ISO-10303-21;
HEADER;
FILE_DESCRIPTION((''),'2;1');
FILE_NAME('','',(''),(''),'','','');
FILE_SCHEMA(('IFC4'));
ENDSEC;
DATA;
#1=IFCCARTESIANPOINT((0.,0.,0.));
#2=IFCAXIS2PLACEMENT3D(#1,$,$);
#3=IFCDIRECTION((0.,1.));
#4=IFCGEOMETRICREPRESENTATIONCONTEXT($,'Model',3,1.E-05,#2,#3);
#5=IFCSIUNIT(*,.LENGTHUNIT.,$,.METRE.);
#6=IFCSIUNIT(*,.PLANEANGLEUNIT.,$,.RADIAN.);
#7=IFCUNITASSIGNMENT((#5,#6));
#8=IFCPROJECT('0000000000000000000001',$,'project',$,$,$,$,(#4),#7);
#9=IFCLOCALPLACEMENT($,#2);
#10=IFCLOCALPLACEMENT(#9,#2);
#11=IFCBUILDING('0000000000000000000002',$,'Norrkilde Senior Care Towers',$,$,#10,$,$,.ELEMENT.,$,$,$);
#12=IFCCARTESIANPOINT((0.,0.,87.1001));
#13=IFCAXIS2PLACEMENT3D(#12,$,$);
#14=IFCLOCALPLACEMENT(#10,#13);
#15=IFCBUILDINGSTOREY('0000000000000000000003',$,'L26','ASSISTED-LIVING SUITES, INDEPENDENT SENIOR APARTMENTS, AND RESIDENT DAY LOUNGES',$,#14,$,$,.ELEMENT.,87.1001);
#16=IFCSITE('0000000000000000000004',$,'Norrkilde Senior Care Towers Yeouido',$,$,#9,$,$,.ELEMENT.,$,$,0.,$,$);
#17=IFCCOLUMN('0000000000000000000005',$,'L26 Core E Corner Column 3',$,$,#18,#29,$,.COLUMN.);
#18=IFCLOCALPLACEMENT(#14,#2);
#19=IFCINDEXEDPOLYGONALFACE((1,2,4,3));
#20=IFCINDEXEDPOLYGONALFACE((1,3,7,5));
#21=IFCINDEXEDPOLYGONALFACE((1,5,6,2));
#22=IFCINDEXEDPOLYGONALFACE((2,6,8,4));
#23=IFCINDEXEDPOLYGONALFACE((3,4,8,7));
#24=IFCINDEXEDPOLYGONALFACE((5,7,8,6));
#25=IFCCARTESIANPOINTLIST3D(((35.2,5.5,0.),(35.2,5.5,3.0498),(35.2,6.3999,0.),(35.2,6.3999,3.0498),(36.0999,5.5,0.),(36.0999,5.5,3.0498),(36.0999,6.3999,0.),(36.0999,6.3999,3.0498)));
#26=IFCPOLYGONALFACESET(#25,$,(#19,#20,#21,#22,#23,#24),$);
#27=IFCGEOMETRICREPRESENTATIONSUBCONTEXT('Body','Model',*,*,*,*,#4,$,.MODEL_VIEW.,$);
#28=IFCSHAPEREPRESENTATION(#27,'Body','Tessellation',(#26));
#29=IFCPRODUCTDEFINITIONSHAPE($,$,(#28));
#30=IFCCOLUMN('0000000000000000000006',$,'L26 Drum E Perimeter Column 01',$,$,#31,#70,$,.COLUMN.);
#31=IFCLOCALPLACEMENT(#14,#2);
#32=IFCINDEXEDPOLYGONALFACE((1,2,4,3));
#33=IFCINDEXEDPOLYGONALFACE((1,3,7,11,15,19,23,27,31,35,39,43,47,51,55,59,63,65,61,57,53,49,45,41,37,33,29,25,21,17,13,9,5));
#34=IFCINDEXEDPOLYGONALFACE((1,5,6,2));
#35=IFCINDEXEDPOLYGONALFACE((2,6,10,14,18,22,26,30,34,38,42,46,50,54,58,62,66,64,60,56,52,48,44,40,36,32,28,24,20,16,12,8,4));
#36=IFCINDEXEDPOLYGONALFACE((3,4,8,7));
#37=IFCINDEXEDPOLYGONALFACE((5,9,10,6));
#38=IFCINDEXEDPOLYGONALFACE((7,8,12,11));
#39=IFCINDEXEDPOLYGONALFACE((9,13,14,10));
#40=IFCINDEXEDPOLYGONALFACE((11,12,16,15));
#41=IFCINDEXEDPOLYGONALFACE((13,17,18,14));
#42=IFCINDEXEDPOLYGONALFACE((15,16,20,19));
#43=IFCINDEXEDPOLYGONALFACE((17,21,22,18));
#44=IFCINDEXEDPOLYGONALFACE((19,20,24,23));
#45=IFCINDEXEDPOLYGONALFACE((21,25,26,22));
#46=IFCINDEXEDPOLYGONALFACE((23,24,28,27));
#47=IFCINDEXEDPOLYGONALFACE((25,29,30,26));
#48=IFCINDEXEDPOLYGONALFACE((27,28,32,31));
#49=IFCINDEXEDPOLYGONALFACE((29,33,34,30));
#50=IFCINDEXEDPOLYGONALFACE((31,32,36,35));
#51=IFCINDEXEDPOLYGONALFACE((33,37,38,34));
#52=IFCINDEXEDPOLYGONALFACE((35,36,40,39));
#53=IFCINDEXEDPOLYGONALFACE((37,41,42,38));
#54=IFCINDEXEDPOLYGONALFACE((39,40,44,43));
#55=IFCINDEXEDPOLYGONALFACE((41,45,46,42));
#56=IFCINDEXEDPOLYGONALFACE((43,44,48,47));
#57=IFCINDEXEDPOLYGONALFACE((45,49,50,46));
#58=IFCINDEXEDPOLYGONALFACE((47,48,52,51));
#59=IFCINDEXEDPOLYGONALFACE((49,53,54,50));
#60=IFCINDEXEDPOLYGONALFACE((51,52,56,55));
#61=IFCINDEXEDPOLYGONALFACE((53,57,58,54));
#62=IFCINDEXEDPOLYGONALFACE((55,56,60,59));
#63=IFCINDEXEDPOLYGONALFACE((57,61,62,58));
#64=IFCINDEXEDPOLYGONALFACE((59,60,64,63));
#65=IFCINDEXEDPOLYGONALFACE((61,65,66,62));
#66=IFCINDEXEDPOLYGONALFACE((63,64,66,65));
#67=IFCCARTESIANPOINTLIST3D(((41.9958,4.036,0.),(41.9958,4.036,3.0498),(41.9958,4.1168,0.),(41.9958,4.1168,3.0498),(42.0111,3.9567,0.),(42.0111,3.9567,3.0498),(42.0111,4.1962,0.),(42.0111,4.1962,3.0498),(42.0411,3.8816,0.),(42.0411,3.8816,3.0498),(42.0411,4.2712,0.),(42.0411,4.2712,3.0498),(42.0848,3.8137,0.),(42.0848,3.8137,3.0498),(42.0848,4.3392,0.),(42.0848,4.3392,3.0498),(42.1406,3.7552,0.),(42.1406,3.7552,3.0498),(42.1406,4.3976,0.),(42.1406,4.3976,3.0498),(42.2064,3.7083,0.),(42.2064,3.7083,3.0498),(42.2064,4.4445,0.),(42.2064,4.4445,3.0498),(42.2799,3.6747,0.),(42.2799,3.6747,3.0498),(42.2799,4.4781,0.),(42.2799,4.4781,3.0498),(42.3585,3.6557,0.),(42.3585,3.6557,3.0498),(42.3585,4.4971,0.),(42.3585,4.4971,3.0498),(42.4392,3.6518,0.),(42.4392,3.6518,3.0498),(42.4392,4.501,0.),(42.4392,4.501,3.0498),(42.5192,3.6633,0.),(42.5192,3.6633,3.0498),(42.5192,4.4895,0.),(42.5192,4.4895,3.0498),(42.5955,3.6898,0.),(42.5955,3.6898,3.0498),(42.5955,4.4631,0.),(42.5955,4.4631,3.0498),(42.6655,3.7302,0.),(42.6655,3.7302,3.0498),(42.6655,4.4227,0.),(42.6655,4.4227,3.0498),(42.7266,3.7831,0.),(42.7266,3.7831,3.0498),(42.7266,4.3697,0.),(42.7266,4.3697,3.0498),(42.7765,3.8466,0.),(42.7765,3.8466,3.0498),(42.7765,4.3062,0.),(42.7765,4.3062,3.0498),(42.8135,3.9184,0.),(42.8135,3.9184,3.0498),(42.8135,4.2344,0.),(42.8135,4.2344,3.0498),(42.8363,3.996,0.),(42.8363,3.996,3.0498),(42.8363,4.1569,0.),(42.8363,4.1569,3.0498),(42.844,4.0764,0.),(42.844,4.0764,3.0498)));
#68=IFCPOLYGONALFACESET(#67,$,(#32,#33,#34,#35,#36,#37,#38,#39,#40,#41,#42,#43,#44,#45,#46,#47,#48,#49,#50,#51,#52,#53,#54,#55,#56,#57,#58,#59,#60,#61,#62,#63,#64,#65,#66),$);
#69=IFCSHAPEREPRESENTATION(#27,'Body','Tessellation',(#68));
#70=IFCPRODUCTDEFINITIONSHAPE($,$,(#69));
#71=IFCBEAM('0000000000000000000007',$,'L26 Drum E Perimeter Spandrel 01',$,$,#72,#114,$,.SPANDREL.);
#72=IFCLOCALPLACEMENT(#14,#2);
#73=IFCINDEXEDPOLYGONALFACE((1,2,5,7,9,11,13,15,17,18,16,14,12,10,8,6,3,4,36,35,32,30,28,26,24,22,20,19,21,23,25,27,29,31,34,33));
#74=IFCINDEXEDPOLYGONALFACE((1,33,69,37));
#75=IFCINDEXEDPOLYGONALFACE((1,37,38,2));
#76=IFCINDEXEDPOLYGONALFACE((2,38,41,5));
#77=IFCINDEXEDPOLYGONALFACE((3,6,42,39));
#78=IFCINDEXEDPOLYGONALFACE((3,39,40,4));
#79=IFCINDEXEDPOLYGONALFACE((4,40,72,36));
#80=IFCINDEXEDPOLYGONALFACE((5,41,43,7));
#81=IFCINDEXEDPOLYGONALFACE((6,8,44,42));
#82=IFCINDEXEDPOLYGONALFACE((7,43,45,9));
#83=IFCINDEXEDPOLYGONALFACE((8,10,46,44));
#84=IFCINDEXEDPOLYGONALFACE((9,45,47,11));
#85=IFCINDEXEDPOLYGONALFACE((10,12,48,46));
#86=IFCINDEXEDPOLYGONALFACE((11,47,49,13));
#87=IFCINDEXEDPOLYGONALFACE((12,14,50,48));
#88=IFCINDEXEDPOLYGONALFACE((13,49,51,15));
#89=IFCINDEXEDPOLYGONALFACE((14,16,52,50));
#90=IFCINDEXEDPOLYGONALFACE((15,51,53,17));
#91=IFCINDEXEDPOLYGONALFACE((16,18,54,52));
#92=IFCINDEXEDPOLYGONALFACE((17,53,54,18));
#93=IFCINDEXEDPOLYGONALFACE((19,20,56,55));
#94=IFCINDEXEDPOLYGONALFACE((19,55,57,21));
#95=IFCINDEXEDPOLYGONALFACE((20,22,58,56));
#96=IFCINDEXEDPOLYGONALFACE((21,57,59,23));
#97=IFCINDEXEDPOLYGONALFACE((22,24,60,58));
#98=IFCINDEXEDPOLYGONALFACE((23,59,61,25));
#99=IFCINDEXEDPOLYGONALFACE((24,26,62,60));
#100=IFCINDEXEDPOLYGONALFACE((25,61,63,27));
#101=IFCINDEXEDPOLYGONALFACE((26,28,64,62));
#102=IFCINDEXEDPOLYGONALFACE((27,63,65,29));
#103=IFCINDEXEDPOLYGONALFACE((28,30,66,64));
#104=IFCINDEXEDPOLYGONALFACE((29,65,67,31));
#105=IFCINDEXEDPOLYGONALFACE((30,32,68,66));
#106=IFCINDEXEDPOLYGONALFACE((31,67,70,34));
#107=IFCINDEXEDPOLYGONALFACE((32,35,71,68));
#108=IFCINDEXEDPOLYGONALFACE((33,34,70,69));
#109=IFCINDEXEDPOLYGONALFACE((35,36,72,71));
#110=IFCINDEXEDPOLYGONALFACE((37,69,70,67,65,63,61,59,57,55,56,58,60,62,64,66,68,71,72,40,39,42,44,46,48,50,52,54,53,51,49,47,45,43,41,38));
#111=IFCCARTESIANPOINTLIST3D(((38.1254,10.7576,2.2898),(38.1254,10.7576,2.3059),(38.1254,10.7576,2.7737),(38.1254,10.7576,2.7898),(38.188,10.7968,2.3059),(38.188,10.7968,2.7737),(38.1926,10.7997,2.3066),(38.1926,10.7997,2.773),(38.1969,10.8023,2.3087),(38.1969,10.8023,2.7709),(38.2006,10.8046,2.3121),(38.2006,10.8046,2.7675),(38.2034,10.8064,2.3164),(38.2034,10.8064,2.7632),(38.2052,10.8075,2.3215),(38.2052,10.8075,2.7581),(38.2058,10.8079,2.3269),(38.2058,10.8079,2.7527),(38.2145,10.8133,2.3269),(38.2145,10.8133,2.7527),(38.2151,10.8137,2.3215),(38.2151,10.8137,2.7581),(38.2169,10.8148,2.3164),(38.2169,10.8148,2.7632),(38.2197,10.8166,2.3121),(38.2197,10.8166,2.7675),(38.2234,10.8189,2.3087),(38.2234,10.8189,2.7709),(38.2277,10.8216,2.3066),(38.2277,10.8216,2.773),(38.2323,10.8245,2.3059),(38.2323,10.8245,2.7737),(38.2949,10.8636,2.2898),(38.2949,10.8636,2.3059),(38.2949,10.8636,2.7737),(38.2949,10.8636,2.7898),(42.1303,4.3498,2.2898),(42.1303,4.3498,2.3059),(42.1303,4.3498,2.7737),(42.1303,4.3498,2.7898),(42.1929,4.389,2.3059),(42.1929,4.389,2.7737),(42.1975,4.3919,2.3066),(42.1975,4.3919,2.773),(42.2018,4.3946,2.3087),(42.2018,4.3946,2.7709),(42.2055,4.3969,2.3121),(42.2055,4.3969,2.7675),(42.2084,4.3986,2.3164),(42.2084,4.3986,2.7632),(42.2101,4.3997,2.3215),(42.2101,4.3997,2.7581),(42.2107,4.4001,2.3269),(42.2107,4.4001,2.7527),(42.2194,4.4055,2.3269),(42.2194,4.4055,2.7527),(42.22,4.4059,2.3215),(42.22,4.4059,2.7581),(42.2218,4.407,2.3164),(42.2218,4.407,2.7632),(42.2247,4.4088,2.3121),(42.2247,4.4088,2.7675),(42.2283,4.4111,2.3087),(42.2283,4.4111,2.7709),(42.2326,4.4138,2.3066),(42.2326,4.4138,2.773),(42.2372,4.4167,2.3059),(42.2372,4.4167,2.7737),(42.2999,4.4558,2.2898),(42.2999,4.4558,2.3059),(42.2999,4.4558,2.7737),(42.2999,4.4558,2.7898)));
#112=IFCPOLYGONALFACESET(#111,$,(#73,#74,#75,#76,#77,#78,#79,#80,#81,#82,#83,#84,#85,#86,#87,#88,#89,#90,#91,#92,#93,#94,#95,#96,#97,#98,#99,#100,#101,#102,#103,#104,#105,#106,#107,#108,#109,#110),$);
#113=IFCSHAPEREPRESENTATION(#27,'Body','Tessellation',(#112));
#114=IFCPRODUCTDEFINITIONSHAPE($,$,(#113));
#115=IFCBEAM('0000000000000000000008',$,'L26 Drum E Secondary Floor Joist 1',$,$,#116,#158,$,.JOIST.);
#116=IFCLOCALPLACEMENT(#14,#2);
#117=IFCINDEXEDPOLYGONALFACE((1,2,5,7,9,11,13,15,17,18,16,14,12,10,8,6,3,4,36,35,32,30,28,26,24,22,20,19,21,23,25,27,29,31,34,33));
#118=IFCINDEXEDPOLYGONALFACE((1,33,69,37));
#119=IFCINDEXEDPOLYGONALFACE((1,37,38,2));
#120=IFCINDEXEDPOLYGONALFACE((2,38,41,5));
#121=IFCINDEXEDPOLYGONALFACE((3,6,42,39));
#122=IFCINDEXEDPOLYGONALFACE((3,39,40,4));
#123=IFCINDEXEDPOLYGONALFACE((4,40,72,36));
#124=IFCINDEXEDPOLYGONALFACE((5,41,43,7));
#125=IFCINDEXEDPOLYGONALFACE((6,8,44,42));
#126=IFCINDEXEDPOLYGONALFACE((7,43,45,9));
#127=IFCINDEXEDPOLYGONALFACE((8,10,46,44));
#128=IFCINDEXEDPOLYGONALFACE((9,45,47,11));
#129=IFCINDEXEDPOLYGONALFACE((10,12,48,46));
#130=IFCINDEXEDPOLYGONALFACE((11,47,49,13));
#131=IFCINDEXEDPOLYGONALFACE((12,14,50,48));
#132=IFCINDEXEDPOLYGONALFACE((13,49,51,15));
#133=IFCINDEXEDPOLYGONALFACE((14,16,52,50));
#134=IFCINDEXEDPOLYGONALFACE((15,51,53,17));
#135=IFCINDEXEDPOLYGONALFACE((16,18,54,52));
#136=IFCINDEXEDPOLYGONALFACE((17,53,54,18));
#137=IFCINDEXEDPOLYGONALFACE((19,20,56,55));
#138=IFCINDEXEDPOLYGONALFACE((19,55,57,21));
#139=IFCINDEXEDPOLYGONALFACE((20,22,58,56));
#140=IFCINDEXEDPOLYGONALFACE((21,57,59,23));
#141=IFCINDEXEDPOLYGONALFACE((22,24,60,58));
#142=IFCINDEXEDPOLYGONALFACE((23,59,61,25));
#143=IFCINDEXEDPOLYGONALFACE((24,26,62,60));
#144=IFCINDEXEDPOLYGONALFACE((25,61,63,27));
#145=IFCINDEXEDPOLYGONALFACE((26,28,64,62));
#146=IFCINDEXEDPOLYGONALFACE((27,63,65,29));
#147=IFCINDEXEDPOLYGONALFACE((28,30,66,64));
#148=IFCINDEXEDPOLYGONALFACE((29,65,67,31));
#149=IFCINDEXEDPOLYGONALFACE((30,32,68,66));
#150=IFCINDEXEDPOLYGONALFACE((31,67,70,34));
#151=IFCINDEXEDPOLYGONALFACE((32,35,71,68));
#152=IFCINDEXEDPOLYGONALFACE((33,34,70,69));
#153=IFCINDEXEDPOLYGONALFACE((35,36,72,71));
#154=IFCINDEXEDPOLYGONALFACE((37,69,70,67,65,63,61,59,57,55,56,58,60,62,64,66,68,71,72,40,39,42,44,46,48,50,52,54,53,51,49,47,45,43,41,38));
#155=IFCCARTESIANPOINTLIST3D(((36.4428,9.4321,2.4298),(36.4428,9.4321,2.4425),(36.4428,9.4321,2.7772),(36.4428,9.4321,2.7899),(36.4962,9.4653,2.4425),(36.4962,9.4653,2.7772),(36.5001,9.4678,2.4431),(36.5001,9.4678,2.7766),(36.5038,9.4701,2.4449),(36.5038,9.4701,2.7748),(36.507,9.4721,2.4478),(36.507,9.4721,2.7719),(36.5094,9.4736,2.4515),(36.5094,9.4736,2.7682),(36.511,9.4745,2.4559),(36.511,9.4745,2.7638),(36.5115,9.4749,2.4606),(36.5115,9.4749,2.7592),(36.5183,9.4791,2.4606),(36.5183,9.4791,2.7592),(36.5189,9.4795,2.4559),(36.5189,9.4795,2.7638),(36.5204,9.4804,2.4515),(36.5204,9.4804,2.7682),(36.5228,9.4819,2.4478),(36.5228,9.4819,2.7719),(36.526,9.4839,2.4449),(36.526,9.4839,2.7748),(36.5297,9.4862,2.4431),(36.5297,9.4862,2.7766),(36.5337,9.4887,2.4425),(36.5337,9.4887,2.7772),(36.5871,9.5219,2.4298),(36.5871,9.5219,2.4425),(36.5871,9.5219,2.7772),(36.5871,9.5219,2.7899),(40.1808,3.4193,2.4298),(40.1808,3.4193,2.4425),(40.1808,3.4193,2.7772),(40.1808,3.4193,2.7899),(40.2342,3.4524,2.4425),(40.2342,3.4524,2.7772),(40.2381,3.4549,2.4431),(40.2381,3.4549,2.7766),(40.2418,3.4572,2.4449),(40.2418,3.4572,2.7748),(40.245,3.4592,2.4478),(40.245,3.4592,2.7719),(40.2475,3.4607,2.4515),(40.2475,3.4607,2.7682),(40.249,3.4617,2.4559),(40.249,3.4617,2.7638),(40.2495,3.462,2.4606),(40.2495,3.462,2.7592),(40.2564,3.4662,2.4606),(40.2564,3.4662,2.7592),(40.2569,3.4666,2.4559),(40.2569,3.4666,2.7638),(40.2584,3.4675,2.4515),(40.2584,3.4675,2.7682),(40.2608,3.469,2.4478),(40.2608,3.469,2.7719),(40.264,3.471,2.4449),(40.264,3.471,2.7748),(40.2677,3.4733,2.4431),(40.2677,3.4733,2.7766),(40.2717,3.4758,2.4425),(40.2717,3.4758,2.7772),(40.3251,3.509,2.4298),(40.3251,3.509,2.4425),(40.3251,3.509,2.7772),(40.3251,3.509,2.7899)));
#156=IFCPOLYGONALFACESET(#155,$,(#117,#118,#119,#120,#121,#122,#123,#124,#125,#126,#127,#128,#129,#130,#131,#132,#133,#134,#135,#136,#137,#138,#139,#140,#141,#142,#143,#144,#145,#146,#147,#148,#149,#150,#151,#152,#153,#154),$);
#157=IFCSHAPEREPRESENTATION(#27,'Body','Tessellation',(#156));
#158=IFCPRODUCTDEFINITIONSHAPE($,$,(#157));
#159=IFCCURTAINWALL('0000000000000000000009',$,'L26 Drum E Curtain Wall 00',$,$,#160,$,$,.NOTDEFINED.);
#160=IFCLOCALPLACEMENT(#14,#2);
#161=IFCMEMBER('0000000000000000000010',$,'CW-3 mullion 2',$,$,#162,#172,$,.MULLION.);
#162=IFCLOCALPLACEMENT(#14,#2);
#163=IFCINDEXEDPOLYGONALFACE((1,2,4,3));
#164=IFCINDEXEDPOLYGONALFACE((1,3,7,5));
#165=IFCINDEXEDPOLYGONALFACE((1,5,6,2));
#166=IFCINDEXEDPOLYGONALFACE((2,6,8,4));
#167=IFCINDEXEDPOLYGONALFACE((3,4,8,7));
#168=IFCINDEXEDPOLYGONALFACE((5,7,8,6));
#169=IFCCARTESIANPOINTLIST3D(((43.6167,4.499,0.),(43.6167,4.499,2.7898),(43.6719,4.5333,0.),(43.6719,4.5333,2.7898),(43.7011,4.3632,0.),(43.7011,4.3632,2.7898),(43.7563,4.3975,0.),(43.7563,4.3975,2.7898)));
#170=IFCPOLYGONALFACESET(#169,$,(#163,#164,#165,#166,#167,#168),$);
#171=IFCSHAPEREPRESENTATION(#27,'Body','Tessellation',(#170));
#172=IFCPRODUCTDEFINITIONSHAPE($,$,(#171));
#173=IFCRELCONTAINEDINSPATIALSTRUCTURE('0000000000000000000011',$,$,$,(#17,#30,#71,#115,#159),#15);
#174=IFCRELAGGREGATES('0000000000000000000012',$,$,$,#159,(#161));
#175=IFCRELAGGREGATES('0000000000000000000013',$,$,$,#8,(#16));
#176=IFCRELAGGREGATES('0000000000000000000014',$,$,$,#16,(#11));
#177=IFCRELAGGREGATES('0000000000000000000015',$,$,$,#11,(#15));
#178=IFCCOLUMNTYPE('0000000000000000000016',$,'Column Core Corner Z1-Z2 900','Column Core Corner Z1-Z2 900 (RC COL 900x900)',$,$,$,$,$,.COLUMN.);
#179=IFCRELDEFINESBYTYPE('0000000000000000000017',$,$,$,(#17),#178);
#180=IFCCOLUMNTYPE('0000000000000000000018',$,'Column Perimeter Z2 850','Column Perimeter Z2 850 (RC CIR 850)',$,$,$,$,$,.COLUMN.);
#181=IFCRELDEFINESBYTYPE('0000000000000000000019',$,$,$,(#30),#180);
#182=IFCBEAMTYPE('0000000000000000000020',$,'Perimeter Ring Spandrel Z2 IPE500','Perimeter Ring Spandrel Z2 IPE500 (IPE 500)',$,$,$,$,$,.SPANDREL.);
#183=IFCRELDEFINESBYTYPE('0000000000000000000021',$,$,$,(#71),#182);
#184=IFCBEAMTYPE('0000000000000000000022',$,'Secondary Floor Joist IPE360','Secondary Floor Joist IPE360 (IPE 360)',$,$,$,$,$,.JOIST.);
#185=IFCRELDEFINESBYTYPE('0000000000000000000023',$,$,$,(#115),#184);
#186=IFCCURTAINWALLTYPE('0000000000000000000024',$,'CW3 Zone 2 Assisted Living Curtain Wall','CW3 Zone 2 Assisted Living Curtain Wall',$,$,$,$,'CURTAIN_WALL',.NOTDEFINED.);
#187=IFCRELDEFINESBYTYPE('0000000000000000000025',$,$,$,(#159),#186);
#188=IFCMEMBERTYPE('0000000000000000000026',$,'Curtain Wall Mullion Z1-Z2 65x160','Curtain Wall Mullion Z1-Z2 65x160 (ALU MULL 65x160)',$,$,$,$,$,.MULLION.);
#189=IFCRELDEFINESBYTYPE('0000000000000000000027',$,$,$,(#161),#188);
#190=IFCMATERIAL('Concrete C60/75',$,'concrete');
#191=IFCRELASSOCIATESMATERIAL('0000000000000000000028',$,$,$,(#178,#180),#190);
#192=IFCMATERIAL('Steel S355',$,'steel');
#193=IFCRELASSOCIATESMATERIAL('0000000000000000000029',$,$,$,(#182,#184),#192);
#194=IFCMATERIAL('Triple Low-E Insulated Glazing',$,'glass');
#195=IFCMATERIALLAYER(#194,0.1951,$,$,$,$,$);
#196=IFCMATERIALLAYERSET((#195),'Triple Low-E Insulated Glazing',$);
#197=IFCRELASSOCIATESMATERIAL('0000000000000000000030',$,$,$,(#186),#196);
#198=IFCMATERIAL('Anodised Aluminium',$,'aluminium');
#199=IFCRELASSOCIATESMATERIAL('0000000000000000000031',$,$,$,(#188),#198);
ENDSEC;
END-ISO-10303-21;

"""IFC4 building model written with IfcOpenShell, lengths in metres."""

from ifc_helpers import new_model, si_unit, direction, frame, origin, origin_2d, place, context, subcontext, project, spatial, rectangle, circle, i_section, extrude, source, transform, mapped, material, layer, layer_set, material_profile, profile_set, type_object, type_shapes, element, aggregate, save


model = new_model("IFC4")

# Units and contexts
model_context = context("Model", 3, precision=1e-05, world=origin(), true_north=direction((0.0, 1.0)))
body_context = subcontext(model_context, "Body", "Model", "MODEL_VIEW")
ifc_project = project(units=[si_unit("LENGTHUNIT", "METRE"), si_unit("PLANEANGLEUNIT", "RADIAN")], contexts=[model_context])

# Site, building, storey
site_placement = place(None, origin())
site = spatial("IfcSite", under=ifc_project, at=site_placement, Name="Norrkilde Senior Care Towers Yeouido", CompositionType="ELEMENT", RefElevation=0.0)
building_placement = place(site_placement, origin())
building = spatial("IfcBuilding", under=site, at=building_placement, Name="Norrkilde Senior Care Towers", CompositionType="ELEMENT")
storey_placement = place(building_placement, frame((0.0, 0.0, 87.1001)))
storey = spatial("IfcBuildingStorey", under=building, at=storey_placement, Name="L26", Description="ASSISTED-LIVING SUITES, INDEPENDENT SENIOR APARTMENTS, AND RESIDENT DAY LOUNGES", CompositionType="ELEMENT", Elevation=87.1001)

# Columns
ifc_material_1 = material(Name="Concrete C60/75", Category="concrete")
ifc_material_profile_1 = material_profile(ifc_material_1, rectangle(XDim=0.8999, YDim=0.8999, at=origin_2d()), Name="RC COL 900x900")
ifc_profile_set_1 = profile_set([ifc_material_profile_1], Name="Concrete C60/75")
column_type_1 = type_object("IfcColumnType", Name="Column Core Corner Z1-Z2 900", Description="Column Core Corner Z1-Z2 900 (RC COL 900x900)", PredefinedType="COLUMN", material=ifc_profile_set_1)
shared_shape_1 = source(origin(), body_context, "Body", "SweptSolid", [
    extrude(rectangle(XDim=0.8999, YDim=0.8999, at=origin_2d()), origin(), (0.0, 0.0, 1.0), 3.0498),
])
type_shapes(column_type_1, [shared_shape_1])
column_1_placement = place(storey_placement, frame((35.6499, 5.95, 0.0), z_axis=(0.0, 0.0, 1.0), x_axis=(1.0, 0.0, 0.0)))
element("IfcColumn", 1, at=column_1_placement, inside=storey, type_object=column_type_1, Name="L26 Core E Corner Column 3", PredefinedType="COLUMN", context=body_context, shape_type="MappedRepresentation", body=[
    mapped(shared_shape_1, transform((0.0, 0.0, 0.0), x_axis=(1.0, 0.0, 0.0), y_axis=(0.0, 1.0, 0.0), z_axis=(0.0, 0.0, 1.0), scale=1.0)),
])
ifc_material_profile_2 = material_profile(ifc_material_1, circle(Radius=0.425, at=origin_2d()), Name="RC CIR 850")
ifc_profile_set_2 = profile_set([ifc_material_profile_2], Name="Concrete C60/75")
column_type_2 = type_object("IfcColumnType", Name="Column Perimeter Z2 850", Description="Column Perimeter Z2 850 (RC CIR 850)", PredefinedType="COLUMN", material=ifc_profile_set_2)
shared_shape_2 = source(origin(), body_context, "Body", "SweptSolid", [
    extrude(circle(Radius=0.425, at=origin_2d()), origin(), (0.0, 0.0, 1.0), 3.0498),
])
type_shapes(column_type_2, [shared_shape_2])
column_2_placement = place(storey_placement, frame((42.4189, 4.0764, 0.0), z_axis=(0.0, 0.0, 1.0), x_axis=(1.0, 0.0, 0.0)))
element("IfcColumn", 2, at=column_2_placement, inside=storey, type_object=column_type_2, Name="L26 Drum E Perimeter Column 01", PredefinedType="COLUMN", context=body_context, shape_type="MappedRepresentation", body=[
    mapped(shared_shape_2, transform((0.0, 0.0, 0.0), x_axis=(1.0, 0.0, 0.0), y_axis=(0.0, 1.0, 0.0), z_axis=(0.0, 0.0, 1.0), scale=1.0)),
])

# Beams
ifc_material_2 = material(Name="Steel S355", Category="steel")
ifc_material_profile_3 = material_profile(ifc_material_2, i_section(OverallWidth=0.2, OverallDepth=0.5, WebThickness=0.0103, FlangeThickness=0.0161, FilletRadius=0.021, at=origin_2d()), Name="IPE 500")
ifc_profile_set_3 = profile_set([ifc_material_profile_3], Name="Steel S355")
beam_type_1 = type_object("IfcBeamType", Name="Perimeter Ring Spandrel Z2 IPE500", Description="Perimeter Ring Spandrel Z2 IPE500 (IPE 500)", PredefinedType="SPANDREL", material=ifc_profile_set_3)
shared_shape_3 = source(origin(), body_context, "Body", "SweptSolid", [
    extrude(i_section(OverallWidth=0.2, OverallDepth=0.5, WebThickness=0.0103, FlangeThickness=0.0161, FilletRadius=0.021, at=origin_2d()), origin(), (0.0, 0.0, 1.0), 7.5564),
])
type_shapes(beam_type_1, [shared_shape_3])
beam_1_placement = place(storey_placement, frame((42.2151, 4.4028, 2.5398), z_axis=(-0.530005, 0.847995, 0.0), x_axis=(-0.847995, -0.530005, 0.0)))
element("IfcBeam", 3, at=beam_1_placement, inside=storey, type_object=beam_type_1, Name="L26 Drum E Perimeter Spandrel 01", PredefinedType="SPANDREL", context=body_context, shape_type="MappedRepresentation", body=[
    mapped(shared_shape_3, transform((0.0, 0.0, 0.0), x_axis=(1.0, 0.0, 0.0), y_axis=(0.0, 1.0, 0.0), z_axis=(0.0, 0.0, 1.0), scale=1.0)),
])
ifc_material_profile_4 = material_profile(ifc_material_2, i_section(OverallWidth=0.1699, OverallDepth=0.3601, WebThickness=0.0081, FlangeThickness=0.0127, FilletRadius=0.0181, at=origin_2d()), Name="IPE 360")
ifc_profile_set_4 = profile_set([ifc_material_profile_4], Name="Steel S355")
beam_type_2 = type_object("IfcBeamType", Name="Secondary Floor Joist IPE360", Description="Secondary Floor Joist IPE360 (IPE 360)", PredefinedType="JOIST", material=ifc_profile_set_4)
shared_shape_4 = source(origin(), body_context, "Body", "SweptSolid", [
    extrude(i_section(OverallWidth=0.1699, OverallDepth=0.3601, WebThickness=0.0081, FlangeThickness=0.0127, FilletRadius=0.0181, at=origin_2d()), origin(), (0.0, 0.0, 1.0), 7.0801),
])
type_shapes(beam_type_2, [shared_shape_4])
beam_2_placement = place(storey_placement, frame((40.2529, 3.4641, 2.6099), z_axis=(-0.527961, 0.849269, 0.0), x_axis=(-0.849269, -0.527961, 0.0)))
element("IfcBeam", 4, at=beam_2_placement, inside=storey, type_object=beam_type_2, Name="L26 Drum E Secondary Floor Joist 1", PredefinedType="JOIST", context=body_context, shape_type="MappedRepresentation", body=[
    mapped(shared_shape_4, transform((0.0, 0.0, 0.0), x_axis=(1.0, 0.0, 0.0), y_axis=(0.0, 1.0, 0.0), z_axis=(0.0, 0.0, 1.0), scale=1.0)),
])

# Curtain wall, member
ifc_material_3 = material(Name="Triple Low-E Insulated Glazing", Category="glass")
ifc_layer_1 = layer(ifc_material_3, 0.1951)
ifc_layer_set_1 = layer_set([ifc_layer_1], Name="Triple Low-E Insulated Glazing")
curtain_wall_type = type_object("IfcCurtainWallType", Name="CW3 Zone 2 Assisted Living Curtain Wall", Description="CW3 Zone 2 Assisted Living Curtain Wall", ElementType="CURTAIN_WALL", PredefinedType="NOTDEFINED", material=ifc_layer_set_1)
curtain_wall_1_placement = place(storey_placement, origin())
curtain_wall_1 = element("IfcCurtainWall", 5, at=curtain_wall_1_placement, inside=storey, type_object=curtain_wall_type, Name="L26 Drum E Curtain Wall 00", PredefinedType="NOTDEFINED")
ifc_material_4 = material(Name="Anodised Aluminium", Category="aluminium")
ifc_material_profile_5 = material_profile(ifc_material_4, rectangle(XDim=0.0649, YDim=0.1599, at=origin_2d()), Name="ALU MULL 65x160")
ifc_profile_set_5 = profile_set([ifc_material_profile_5], Name="Anodised Aluminium")
member_type_1 = type_object("IfcMemberType", Name="Curtain Wall Mullion Z1-Z2 65x160", Description="Curtain Wall Mullion Z1-Z2 65x160 (ALU MULL 65x160)", PredefinedType="MULLION", material=ifc_profile_set_5)
shared_shape_5 = source(origin(), body_context, "Body", "SweptSolid", [
    extrude(rectangle(XDim=0.0649, YDim=0.1599, at=origin_2d()), origin(), (0.0, 0.0, 1.0), 2.7898),
])
type_shapes(member_type_1, [shared_shape_5])
member_1_placement = place(storey_placement, frame((43.6865, 4.4482, 0.0), z_axis=(0.0, 0.0, 1.0), x_axis=(0.84941, 0.527733, 0.0)))
member_1 = element("IfcMember", 6, at=member_1_placement, type_object=member_type_1, Name="CW-3 mullion 2", PredefinedType="MULLION", context=body_context, shape_type="MappedRepresentation", body=[
    mapped(shared_shape_5, transform((0.0, 0.0, 0.0), x_axis=(1.0, 0.0, 0.0), y_axis=(0.0, 1.0, 0.0), z_axis=(0.0, 0.0, 1.0), scale=1.0)),
])
aggregate(curtain_wall_1, [member_1])

save(model, "model.ifc")
